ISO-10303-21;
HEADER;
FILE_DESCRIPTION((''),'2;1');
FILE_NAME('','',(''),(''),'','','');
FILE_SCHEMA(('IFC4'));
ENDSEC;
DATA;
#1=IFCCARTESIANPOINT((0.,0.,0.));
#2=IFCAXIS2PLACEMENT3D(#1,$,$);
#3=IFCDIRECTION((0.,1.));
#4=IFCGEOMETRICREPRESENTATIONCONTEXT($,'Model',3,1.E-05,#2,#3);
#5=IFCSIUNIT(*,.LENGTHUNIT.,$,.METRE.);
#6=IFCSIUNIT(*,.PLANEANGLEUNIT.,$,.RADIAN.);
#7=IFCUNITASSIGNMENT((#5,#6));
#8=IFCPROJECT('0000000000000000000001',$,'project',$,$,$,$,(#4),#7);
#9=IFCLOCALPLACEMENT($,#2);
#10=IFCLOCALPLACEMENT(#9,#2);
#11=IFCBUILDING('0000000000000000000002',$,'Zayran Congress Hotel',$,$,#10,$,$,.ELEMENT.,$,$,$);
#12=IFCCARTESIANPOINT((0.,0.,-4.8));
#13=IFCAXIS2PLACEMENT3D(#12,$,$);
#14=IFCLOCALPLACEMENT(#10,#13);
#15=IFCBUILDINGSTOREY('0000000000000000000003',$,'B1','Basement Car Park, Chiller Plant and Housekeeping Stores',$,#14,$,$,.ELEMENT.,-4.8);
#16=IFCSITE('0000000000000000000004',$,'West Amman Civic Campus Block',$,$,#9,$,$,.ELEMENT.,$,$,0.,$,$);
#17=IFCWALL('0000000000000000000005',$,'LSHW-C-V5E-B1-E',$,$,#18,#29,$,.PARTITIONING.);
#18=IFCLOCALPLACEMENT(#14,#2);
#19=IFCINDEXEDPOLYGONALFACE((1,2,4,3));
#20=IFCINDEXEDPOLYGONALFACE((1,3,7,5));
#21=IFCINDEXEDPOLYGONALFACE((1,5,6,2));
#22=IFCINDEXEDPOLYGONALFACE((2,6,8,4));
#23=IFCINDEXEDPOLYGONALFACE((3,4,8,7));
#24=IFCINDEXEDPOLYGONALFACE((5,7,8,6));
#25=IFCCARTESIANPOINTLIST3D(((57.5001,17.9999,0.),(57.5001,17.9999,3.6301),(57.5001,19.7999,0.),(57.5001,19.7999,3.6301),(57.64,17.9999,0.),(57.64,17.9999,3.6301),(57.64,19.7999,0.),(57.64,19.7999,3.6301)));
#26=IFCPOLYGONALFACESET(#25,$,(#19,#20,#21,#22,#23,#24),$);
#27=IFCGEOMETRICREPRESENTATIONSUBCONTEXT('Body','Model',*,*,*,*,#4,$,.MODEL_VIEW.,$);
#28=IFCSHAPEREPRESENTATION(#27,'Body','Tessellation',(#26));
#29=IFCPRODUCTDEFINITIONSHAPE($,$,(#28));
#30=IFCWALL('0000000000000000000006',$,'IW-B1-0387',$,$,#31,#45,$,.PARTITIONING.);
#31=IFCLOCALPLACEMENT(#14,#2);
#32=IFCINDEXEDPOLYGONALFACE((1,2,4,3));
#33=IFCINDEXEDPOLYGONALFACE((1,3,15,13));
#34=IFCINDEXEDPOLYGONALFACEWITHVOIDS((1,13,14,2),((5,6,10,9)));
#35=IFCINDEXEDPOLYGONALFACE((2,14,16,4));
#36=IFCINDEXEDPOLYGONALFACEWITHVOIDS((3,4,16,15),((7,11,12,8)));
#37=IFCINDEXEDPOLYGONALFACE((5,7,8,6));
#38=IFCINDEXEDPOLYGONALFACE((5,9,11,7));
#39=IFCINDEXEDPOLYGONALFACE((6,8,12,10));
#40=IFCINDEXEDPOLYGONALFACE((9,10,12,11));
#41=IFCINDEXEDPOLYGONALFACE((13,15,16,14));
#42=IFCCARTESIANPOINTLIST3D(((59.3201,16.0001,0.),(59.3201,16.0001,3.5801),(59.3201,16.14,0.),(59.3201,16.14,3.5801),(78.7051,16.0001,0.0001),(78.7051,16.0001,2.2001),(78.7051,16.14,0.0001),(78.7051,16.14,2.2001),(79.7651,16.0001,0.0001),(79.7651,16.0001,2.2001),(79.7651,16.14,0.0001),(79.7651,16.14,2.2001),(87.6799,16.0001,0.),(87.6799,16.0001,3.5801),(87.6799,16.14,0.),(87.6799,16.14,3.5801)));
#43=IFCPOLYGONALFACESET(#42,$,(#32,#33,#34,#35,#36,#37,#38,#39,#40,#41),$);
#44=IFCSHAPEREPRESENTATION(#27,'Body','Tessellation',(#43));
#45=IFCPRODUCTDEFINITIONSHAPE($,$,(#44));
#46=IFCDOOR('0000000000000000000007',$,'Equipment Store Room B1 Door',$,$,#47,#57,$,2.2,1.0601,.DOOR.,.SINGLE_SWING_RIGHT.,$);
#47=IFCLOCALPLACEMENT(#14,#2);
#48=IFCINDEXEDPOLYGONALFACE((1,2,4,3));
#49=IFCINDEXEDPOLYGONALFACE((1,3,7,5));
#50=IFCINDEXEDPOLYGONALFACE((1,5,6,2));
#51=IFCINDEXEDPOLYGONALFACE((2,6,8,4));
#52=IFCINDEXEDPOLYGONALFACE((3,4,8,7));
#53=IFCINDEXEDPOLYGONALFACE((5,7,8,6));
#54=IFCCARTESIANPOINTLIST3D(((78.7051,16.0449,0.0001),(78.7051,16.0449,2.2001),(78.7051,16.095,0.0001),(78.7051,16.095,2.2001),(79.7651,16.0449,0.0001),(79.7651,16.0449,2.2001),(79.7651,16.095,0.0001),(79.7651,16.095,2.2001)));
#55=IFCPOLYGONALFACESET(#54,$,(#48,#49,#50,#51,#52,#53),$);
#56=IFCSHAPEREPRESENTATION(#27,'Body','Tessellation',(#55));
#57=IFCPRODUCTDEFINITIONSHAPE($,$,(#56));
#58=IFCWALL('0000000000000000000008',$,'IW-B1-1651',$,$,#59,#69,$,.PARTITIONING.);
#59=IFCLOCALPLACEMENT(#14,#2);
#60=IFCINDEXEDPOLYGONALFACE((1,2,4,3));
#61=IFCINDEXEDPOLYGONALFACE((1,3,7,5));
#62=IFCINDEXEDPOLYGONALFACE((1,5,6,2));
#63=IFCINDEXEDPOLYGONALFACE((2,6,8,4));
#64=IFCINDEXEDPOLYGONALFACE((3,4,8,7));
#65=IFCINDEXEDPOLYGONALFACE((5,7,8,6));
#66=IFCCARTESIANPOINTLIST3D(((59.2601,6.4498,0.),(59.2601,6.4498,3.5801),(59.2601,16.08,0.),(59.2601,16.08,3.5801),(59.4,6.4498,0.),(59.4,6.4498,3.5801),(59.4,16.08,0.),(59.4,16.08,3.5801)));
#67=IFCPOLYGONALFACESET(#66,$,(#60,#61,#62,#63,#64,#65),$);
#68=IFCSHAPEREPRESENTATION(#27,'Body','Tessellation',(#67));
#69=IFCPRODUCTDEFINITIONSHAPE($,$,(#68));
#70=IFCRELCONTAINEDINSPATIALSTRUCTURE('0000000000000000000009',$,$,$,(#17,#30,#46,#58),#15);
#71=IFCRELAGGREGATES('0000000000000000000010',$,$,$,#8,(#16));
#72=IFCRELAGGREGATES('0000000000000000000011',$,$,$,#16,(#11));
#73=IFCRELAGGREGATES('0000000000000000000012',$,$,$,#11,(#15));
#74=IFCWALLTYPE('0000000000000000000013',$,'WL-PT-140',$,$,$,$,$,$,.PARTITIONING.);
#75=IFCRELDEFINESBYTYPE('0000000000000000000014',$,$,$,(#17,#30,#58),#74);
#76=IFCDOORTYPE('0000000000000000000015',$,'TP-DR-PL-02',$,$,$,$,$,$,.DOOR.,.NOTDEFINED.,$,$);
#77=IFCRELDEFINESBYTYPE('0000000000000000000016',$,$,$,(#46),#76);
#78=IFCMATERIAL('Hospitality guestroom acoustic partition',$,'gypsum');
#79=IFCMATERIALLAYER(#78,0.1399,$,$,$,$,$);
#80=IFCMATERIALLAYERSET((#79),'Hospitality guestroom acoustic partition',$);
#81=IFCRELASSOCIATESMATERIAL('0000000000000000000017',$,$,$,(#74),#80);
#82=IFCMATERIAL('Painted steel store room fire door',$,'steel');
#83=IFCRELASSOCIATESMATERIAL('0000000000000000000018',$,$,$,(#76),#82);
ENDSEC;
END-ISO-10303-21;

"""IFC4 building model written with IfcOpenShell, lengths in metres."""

from ifc_helpers import new_model, si_unit, direction, frame, frame_2d, origin, place, context, subcontext, project, spatial, rectangle, extrude, material, layer, layer_set, type_object, element, fill, save


model = new_model("IFC4")

# Units and contexts
model_context = context("Model", 3, precision=1e-05, world=origin(), true_north=direction((0.0, 1.0)))
body_context = subcontext(model_context, "Body", "Model", "MODEL_VIEW")
ifc_project = project(units=[si_unit("LENGTHUNIT", "METRE"), si_unit("PLANEANGLEUNIT", "RADIAN")], contexts=[model_context])

# Site, building, storey
site_placement = place(None, origin())
site = spatial("IfcSite", under=ifc_project, at=site_placement, Name="West Amman Civic Campus Block", CompositionType="ELEMENT", RefElevation=0.0)
building_placement = place(site_placement, origin())
building = spatial("IfcBuilding", under=site, at=building_placement, Name="Zayran Congress Hotel", CompositionType="ELEMENT")
storey_placement = place(building_placement, frame((0.0, 0.0, -4.8)))
storey = spatial("IfcBuildingStorey", under=building, at=storey_placement, Name="B1", Description="Basement Car Park, Chiller Plant and Housekeeping Stores", CompositionType="ELEMENT", Elevation=-4.8)

# Wall
ifc_material_1 = material(Name="Hospitality guestroom acoustic partition", Category="gypsum")
ifc_layer = layer(ifc_material_1, 0.1399)
ifc_layer_set = layer_set([ifc_layer], Name="Hospitality guestroom acoustic partition")
wall_type = type_object("IfcWallType", Name="WL-PT-140", PredefinedType="PARTITIONING", material=ifc_layer_set)
for number, where, z_axis, x_axis, name in (
    (1, (57.5701, 18.0, 0.0), (0.0, 0.0, 1.0), (0.0, 1.0, 0.0), "LSHW-C-V5E-B1-E"),
):
    element("IfcWall", number, at=place(storey_placement, frame(where, z_axis=z_axis, x_axis=x_axis)), inside=storey, type_object=wall_type, Name=name, PredefinedType="PARTITIONING", context=body_context, shape_type="SweptSolid", body=[
        extrude(rectangle(XDim=1.8, YDim=0.1399, at=frame_2d((0.8999, 0.0))), origin(), (0.0, 0.0, 1.0), 3.6301),
    ])

# Wall, opening, door
wall_1_placement = place(storey_placement, frame((59.3201, 16.0701, 0.0), z_axis=(0.0, 0.0, 1.0), x_axis=(1.0, 0.0, 0.0)))
wall_1 = element("IfcWall", 2, at=wall_1_placement, inside=storey, type_object=wall_type, Name="IW-B1-0387", PredefinedType="PARTITIONING", context=body_context, shape_type="SweptSolid", body=[
    extrude(rectangle(XDim=28.3599, YDim=0.1399, at=frame_2d((14.1799, 0.0))), origin(), (0.0, 0.0, 1.0), 3.5801),
])
opening_placement = place(wall_1_placement, frame((19.385, 0.0, 0.0)))
opening = element("IfcOpeningElement", 3, at=opening_placement, cuts=wall_1, PredefinedType="OPENING", context=body_context, shape_type="SweptSolid", body=[
    extrude(rectangle(XDim=1.0601, YDim=2.2, at=frame_2d((0.53, 1.1001))), frame((0.0, 0.0798, 0.0), z_axis=(0.0, -1.0, 0.0), x_axis=(1.0, 0.0, 0.0)), (0.0, 0.0, 1.0), 0.1599),
])
ifc_material_2 = material(Name="Painted steel store room fire door", Category="steel")
door_type = type_object("IfcDoorType", Name="TP-DR-PL-02", OperationType="NOTDEFINED", PredefinedType="DOOR", material=ifc_material_2)
door_placement = place(opening_placement, origin())
door = element("IfcDoor", 4, at=door_placement, inside=storey, type_object=door_type, Name="Equipment Store Room B1 Door", OperationType="SINGLE_SWING_RIGHT", OverallHeight=2.2, OverallWidth=1.0601, PredefinedType="DOOR", context=body_context, shape_type="SweptSolid", body=[
    extrude(rectangle(XDim=1.0601, YDim=2.2, at=frame_2d((0.53, 1.1001))), frame((0.0, 0.0249, 0.0), z_axis=(0.0, -1.0, 0.0), x_axis=(1.0, 0.0, 0.0)), (0.0, 0.0, 1.0), 0.05),
])
fill(opening, door)

# Wall
wall_2_placement = place(storey_placement, frame((59.3301, 6.45, 0.0), z_axis=(0.0, 0.0, 1.0), x_axis=(0.0, 1.0, 0.0)))
element("IfcWall", 5, at=wall_2_placement, inside=storey, type_object=wall_type, Name="IW-B1-1651", PredefinedType="PARTITIONING", context=body_context, shape_type="SweptSolid", body=[
    extrude(rectangle(XDim=9.6301, YDim=0.1399, at=frame_2d((4.8149, 0.0))), origin(), (0.0, 0.0, 1.0), 3.5801),
])

save(model, "model.ifc")
